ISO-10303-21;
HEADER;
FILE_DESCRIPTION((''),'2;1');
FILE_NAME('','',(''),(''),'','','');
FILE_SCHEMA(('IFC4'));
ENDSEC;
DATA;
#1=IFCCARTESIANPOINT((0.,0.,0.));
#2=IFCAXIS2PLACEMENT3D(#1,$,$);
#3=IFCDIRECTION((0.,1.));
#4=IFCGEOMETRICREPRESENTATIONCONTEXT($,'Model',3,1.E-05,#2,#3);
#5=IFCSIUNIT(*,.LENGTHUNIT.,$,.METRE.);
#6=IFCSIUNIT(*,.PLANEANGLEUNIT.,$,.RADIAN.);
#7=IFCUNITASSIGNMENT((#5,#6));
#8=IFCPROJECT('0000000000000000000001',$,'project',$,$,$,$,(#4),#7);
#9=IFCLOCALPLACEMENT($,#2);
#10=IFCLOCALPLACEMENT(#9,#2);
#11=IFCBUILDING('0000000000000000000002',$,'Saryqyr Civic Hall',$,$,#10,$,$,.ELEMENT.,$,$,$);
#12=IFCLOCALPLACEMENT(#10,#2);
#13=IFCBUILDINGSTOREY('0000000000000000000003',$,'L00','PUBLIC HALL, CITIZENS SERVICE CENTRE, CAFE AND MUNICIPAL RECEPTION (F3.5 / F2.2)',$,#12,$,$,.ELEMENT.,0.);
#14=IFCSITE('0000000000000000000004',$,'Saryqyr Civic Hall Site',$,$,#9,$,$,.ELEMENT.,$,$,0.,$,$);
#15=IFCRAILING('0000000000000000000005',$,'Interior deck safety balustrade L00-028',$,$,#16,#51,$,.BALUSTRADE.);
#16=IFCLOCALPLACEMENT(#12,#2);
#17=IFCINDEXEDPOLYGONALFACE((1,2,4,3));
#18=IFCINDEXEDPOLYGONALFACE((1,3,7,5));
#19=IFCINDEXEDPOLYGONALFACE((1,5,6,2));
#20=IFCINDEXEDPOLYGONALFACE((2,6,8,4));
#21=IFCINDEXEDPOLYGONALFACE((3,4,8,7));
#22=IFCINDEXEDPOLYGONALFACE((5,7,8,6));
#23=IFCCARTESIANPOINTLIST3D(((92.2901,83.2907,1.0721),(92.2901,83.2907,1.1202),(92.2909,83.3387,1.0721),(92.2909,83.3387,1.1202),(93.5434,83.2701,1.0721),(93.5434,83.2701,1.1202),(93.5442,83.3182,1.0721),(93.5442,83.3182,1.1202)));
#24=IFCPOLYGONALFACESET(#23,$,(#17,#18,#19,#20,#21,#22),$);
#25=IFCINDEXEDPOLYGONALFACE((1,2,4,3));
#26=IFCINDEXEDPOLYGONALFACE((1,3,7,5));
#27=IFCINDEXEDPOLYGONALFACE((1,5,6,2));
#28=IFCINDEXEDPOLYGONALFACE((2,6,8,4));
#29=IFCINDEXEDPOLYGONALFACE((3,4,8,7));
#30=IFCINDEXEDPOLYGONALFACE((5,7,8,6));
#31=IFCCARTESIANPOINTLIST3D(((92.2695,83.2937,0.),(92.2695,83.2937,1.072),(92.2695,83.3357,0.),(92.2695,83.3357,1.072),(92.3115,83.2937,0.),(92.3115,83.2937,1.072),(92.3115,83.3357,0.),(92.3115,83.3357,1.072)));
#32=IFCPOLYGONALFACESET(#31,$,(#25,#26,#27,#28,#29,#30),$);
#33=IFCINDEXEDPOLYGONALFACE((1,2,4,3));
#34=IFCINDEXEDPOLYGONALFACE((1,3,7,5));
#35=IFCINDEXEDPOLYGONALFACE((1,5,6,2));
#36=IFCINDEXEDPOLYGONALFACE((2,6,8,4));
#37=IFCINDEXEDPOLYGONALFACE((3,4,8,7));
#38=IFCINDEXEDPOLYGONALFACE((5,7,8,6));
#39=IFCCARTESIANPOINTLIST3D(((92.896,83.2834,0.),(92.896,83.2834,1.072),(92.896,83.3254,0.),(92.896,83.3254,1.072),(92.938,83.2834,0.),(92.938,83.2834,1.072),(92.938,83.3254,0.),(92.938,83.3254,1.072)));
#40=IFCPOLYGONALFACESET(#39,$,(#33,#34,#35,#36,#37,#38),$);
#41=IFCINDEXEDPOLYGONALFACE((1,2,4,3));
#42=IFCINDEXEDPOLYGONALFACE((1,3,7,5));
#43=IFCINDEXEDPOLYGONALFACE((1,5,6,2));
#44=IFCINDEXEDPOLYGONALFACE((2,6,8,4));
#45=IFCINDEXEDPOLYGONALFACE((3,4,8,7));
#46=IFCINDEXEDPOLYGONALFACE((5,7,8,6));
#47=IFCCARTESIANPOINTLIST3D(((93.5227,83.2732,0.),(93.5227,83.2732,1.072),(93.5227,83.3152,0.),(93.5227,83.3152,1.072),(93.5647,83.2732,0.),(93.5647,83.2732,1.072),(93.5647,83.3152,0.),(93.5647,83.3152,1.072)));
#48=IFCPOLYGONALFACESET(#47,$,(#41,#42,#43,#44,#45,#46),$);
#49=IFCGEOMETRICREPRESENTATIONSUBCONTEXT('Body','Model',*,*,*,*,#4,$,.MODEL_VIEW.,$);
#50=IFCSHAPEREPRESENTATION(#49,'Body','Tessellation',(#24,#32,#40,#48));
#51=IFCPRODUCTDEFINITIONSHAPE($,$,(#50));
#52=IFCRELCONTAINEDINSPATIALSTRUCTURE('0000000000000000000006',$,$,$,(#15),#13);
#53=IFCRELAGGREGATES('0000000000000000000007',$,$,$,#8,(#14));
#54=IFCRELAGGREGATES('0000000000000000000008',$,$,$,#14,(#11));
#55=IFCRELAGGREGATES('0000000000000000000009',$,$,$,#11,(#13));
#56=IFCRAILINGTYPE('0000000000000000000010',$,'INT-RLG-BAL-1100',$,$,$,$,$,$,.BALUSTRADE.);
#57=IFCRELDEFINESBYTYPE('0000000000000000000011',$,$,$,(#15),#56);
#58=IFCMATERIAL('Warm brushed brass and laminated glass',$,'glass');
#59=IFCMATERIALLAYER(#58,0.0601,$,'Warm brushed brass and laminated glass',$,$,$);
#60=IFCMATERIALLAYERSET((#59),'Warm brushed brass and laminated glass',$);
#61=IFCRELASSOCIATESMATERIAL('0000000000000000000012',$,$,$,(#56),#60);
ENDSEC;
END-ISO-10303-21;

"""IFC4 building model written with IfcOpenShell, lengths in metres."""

from ifc_helpers import new_model, si_unit, direction, frame, origin, origin_2d, place, context, subcontext, project, spatial, rectangle, extrude, material, layer, layer_set, type_object, element, save


model = new_model("IFC4")

# Units and contexts
model_context = context("Model", 3, precision=1e-05, world=origin(), true_north=direction((0.0, 1.0)))
body_context = subcontext(model_context, "Body", "Model", "MODEL_VIEW")
ifc_project = project(units=[si_unit("LENGTHUNIT", "METRE"), si_unit("PLANEANGLEUNIT", "RADIAN")], contexts=[model_context])

# Site, building, storey
site_placement = place(None, origin())
site = spatial("IfcSite", under=ifc_project, at=site_placement, Name="Saryqyr Civic Hall Site", CompositionType="ELEMENT", RefElevation=0.0)
building_placement = place(site_placement, origin())
building = spatial("IfcBuilding", under=site, at=building_placement, Name="Saryqyr Civic Hall", CompositionType="ELEMENT")
storey_placement = place(building_placement, origin())
storey = spatial("IfcBuildingStorey", under=building, at=storey_placement, Name="L00", Description="PUBLIC HALL, CITIZENS SERVICE CENTRE, CAFE AND MUNICIPAL RECEPTION (F3.5 / F2.2)", CompositionType="ELEMENT", Elevation=0.0)

# Railing
ifc_material_1 = material(Name="Warm brushed brass and laminated glass", Category="glass")
ifc_layer_1 = layer(ifc_material_1, 0.0601, Name="Warm brushed brass and laminated glass")
ifc_layer_set_1 = layer_set([ifc_layer_1], Name="Warm brushed brass and laminated glass")
railing_type = type_object("IfcRailingType", Name="INT-RLG-BAL-1100", PredefinedType="BALUSTRADE", material=ifc_layer_set_1)
railing_1_placement = place(storey_placement, frame((92.2905, 83.3147, 0.0)))
element("IfcRailing", 1, at=railing_1_placement, inside=storey, type_object=railing_type, Name="Interior deck safety balustrade L00-028", PredefinedType="BALUSTRADE", context=body_context, shape_type="SweptSolid", body=[
    extrude(rectangle(XDim=0.0481, YDim=0.0481, at=origin_2d()), frame((0.0, 0.0, 1.0962), z_axis=(0.999866, -0.016363, 0.0), x_axis=(0.016363, 0.999866, 0.0)), (0.0, 0.0, 1.0), 1.2534),
    extrude(rectangle(XDim=0.042, YDim=0.042, at=origin_2d()), origin(), (0.0, 0.0, 1.0), 1.072),
    extrude(rectangle(XDim=0.042, YDim=0.042, at=origin_2d()), frame((0.6265, -0.0103, 0.0)), (0.0, 0.0, 1.0), 1.072),
    extrude(rectangle(XDim=0.042, YDim=0.042, at=origin_2d()), frame((1.2532, -0.0205, 0.0)), (0.0, 0.0, 1.0), 1.072),
])

save(model, "model.ifc")
